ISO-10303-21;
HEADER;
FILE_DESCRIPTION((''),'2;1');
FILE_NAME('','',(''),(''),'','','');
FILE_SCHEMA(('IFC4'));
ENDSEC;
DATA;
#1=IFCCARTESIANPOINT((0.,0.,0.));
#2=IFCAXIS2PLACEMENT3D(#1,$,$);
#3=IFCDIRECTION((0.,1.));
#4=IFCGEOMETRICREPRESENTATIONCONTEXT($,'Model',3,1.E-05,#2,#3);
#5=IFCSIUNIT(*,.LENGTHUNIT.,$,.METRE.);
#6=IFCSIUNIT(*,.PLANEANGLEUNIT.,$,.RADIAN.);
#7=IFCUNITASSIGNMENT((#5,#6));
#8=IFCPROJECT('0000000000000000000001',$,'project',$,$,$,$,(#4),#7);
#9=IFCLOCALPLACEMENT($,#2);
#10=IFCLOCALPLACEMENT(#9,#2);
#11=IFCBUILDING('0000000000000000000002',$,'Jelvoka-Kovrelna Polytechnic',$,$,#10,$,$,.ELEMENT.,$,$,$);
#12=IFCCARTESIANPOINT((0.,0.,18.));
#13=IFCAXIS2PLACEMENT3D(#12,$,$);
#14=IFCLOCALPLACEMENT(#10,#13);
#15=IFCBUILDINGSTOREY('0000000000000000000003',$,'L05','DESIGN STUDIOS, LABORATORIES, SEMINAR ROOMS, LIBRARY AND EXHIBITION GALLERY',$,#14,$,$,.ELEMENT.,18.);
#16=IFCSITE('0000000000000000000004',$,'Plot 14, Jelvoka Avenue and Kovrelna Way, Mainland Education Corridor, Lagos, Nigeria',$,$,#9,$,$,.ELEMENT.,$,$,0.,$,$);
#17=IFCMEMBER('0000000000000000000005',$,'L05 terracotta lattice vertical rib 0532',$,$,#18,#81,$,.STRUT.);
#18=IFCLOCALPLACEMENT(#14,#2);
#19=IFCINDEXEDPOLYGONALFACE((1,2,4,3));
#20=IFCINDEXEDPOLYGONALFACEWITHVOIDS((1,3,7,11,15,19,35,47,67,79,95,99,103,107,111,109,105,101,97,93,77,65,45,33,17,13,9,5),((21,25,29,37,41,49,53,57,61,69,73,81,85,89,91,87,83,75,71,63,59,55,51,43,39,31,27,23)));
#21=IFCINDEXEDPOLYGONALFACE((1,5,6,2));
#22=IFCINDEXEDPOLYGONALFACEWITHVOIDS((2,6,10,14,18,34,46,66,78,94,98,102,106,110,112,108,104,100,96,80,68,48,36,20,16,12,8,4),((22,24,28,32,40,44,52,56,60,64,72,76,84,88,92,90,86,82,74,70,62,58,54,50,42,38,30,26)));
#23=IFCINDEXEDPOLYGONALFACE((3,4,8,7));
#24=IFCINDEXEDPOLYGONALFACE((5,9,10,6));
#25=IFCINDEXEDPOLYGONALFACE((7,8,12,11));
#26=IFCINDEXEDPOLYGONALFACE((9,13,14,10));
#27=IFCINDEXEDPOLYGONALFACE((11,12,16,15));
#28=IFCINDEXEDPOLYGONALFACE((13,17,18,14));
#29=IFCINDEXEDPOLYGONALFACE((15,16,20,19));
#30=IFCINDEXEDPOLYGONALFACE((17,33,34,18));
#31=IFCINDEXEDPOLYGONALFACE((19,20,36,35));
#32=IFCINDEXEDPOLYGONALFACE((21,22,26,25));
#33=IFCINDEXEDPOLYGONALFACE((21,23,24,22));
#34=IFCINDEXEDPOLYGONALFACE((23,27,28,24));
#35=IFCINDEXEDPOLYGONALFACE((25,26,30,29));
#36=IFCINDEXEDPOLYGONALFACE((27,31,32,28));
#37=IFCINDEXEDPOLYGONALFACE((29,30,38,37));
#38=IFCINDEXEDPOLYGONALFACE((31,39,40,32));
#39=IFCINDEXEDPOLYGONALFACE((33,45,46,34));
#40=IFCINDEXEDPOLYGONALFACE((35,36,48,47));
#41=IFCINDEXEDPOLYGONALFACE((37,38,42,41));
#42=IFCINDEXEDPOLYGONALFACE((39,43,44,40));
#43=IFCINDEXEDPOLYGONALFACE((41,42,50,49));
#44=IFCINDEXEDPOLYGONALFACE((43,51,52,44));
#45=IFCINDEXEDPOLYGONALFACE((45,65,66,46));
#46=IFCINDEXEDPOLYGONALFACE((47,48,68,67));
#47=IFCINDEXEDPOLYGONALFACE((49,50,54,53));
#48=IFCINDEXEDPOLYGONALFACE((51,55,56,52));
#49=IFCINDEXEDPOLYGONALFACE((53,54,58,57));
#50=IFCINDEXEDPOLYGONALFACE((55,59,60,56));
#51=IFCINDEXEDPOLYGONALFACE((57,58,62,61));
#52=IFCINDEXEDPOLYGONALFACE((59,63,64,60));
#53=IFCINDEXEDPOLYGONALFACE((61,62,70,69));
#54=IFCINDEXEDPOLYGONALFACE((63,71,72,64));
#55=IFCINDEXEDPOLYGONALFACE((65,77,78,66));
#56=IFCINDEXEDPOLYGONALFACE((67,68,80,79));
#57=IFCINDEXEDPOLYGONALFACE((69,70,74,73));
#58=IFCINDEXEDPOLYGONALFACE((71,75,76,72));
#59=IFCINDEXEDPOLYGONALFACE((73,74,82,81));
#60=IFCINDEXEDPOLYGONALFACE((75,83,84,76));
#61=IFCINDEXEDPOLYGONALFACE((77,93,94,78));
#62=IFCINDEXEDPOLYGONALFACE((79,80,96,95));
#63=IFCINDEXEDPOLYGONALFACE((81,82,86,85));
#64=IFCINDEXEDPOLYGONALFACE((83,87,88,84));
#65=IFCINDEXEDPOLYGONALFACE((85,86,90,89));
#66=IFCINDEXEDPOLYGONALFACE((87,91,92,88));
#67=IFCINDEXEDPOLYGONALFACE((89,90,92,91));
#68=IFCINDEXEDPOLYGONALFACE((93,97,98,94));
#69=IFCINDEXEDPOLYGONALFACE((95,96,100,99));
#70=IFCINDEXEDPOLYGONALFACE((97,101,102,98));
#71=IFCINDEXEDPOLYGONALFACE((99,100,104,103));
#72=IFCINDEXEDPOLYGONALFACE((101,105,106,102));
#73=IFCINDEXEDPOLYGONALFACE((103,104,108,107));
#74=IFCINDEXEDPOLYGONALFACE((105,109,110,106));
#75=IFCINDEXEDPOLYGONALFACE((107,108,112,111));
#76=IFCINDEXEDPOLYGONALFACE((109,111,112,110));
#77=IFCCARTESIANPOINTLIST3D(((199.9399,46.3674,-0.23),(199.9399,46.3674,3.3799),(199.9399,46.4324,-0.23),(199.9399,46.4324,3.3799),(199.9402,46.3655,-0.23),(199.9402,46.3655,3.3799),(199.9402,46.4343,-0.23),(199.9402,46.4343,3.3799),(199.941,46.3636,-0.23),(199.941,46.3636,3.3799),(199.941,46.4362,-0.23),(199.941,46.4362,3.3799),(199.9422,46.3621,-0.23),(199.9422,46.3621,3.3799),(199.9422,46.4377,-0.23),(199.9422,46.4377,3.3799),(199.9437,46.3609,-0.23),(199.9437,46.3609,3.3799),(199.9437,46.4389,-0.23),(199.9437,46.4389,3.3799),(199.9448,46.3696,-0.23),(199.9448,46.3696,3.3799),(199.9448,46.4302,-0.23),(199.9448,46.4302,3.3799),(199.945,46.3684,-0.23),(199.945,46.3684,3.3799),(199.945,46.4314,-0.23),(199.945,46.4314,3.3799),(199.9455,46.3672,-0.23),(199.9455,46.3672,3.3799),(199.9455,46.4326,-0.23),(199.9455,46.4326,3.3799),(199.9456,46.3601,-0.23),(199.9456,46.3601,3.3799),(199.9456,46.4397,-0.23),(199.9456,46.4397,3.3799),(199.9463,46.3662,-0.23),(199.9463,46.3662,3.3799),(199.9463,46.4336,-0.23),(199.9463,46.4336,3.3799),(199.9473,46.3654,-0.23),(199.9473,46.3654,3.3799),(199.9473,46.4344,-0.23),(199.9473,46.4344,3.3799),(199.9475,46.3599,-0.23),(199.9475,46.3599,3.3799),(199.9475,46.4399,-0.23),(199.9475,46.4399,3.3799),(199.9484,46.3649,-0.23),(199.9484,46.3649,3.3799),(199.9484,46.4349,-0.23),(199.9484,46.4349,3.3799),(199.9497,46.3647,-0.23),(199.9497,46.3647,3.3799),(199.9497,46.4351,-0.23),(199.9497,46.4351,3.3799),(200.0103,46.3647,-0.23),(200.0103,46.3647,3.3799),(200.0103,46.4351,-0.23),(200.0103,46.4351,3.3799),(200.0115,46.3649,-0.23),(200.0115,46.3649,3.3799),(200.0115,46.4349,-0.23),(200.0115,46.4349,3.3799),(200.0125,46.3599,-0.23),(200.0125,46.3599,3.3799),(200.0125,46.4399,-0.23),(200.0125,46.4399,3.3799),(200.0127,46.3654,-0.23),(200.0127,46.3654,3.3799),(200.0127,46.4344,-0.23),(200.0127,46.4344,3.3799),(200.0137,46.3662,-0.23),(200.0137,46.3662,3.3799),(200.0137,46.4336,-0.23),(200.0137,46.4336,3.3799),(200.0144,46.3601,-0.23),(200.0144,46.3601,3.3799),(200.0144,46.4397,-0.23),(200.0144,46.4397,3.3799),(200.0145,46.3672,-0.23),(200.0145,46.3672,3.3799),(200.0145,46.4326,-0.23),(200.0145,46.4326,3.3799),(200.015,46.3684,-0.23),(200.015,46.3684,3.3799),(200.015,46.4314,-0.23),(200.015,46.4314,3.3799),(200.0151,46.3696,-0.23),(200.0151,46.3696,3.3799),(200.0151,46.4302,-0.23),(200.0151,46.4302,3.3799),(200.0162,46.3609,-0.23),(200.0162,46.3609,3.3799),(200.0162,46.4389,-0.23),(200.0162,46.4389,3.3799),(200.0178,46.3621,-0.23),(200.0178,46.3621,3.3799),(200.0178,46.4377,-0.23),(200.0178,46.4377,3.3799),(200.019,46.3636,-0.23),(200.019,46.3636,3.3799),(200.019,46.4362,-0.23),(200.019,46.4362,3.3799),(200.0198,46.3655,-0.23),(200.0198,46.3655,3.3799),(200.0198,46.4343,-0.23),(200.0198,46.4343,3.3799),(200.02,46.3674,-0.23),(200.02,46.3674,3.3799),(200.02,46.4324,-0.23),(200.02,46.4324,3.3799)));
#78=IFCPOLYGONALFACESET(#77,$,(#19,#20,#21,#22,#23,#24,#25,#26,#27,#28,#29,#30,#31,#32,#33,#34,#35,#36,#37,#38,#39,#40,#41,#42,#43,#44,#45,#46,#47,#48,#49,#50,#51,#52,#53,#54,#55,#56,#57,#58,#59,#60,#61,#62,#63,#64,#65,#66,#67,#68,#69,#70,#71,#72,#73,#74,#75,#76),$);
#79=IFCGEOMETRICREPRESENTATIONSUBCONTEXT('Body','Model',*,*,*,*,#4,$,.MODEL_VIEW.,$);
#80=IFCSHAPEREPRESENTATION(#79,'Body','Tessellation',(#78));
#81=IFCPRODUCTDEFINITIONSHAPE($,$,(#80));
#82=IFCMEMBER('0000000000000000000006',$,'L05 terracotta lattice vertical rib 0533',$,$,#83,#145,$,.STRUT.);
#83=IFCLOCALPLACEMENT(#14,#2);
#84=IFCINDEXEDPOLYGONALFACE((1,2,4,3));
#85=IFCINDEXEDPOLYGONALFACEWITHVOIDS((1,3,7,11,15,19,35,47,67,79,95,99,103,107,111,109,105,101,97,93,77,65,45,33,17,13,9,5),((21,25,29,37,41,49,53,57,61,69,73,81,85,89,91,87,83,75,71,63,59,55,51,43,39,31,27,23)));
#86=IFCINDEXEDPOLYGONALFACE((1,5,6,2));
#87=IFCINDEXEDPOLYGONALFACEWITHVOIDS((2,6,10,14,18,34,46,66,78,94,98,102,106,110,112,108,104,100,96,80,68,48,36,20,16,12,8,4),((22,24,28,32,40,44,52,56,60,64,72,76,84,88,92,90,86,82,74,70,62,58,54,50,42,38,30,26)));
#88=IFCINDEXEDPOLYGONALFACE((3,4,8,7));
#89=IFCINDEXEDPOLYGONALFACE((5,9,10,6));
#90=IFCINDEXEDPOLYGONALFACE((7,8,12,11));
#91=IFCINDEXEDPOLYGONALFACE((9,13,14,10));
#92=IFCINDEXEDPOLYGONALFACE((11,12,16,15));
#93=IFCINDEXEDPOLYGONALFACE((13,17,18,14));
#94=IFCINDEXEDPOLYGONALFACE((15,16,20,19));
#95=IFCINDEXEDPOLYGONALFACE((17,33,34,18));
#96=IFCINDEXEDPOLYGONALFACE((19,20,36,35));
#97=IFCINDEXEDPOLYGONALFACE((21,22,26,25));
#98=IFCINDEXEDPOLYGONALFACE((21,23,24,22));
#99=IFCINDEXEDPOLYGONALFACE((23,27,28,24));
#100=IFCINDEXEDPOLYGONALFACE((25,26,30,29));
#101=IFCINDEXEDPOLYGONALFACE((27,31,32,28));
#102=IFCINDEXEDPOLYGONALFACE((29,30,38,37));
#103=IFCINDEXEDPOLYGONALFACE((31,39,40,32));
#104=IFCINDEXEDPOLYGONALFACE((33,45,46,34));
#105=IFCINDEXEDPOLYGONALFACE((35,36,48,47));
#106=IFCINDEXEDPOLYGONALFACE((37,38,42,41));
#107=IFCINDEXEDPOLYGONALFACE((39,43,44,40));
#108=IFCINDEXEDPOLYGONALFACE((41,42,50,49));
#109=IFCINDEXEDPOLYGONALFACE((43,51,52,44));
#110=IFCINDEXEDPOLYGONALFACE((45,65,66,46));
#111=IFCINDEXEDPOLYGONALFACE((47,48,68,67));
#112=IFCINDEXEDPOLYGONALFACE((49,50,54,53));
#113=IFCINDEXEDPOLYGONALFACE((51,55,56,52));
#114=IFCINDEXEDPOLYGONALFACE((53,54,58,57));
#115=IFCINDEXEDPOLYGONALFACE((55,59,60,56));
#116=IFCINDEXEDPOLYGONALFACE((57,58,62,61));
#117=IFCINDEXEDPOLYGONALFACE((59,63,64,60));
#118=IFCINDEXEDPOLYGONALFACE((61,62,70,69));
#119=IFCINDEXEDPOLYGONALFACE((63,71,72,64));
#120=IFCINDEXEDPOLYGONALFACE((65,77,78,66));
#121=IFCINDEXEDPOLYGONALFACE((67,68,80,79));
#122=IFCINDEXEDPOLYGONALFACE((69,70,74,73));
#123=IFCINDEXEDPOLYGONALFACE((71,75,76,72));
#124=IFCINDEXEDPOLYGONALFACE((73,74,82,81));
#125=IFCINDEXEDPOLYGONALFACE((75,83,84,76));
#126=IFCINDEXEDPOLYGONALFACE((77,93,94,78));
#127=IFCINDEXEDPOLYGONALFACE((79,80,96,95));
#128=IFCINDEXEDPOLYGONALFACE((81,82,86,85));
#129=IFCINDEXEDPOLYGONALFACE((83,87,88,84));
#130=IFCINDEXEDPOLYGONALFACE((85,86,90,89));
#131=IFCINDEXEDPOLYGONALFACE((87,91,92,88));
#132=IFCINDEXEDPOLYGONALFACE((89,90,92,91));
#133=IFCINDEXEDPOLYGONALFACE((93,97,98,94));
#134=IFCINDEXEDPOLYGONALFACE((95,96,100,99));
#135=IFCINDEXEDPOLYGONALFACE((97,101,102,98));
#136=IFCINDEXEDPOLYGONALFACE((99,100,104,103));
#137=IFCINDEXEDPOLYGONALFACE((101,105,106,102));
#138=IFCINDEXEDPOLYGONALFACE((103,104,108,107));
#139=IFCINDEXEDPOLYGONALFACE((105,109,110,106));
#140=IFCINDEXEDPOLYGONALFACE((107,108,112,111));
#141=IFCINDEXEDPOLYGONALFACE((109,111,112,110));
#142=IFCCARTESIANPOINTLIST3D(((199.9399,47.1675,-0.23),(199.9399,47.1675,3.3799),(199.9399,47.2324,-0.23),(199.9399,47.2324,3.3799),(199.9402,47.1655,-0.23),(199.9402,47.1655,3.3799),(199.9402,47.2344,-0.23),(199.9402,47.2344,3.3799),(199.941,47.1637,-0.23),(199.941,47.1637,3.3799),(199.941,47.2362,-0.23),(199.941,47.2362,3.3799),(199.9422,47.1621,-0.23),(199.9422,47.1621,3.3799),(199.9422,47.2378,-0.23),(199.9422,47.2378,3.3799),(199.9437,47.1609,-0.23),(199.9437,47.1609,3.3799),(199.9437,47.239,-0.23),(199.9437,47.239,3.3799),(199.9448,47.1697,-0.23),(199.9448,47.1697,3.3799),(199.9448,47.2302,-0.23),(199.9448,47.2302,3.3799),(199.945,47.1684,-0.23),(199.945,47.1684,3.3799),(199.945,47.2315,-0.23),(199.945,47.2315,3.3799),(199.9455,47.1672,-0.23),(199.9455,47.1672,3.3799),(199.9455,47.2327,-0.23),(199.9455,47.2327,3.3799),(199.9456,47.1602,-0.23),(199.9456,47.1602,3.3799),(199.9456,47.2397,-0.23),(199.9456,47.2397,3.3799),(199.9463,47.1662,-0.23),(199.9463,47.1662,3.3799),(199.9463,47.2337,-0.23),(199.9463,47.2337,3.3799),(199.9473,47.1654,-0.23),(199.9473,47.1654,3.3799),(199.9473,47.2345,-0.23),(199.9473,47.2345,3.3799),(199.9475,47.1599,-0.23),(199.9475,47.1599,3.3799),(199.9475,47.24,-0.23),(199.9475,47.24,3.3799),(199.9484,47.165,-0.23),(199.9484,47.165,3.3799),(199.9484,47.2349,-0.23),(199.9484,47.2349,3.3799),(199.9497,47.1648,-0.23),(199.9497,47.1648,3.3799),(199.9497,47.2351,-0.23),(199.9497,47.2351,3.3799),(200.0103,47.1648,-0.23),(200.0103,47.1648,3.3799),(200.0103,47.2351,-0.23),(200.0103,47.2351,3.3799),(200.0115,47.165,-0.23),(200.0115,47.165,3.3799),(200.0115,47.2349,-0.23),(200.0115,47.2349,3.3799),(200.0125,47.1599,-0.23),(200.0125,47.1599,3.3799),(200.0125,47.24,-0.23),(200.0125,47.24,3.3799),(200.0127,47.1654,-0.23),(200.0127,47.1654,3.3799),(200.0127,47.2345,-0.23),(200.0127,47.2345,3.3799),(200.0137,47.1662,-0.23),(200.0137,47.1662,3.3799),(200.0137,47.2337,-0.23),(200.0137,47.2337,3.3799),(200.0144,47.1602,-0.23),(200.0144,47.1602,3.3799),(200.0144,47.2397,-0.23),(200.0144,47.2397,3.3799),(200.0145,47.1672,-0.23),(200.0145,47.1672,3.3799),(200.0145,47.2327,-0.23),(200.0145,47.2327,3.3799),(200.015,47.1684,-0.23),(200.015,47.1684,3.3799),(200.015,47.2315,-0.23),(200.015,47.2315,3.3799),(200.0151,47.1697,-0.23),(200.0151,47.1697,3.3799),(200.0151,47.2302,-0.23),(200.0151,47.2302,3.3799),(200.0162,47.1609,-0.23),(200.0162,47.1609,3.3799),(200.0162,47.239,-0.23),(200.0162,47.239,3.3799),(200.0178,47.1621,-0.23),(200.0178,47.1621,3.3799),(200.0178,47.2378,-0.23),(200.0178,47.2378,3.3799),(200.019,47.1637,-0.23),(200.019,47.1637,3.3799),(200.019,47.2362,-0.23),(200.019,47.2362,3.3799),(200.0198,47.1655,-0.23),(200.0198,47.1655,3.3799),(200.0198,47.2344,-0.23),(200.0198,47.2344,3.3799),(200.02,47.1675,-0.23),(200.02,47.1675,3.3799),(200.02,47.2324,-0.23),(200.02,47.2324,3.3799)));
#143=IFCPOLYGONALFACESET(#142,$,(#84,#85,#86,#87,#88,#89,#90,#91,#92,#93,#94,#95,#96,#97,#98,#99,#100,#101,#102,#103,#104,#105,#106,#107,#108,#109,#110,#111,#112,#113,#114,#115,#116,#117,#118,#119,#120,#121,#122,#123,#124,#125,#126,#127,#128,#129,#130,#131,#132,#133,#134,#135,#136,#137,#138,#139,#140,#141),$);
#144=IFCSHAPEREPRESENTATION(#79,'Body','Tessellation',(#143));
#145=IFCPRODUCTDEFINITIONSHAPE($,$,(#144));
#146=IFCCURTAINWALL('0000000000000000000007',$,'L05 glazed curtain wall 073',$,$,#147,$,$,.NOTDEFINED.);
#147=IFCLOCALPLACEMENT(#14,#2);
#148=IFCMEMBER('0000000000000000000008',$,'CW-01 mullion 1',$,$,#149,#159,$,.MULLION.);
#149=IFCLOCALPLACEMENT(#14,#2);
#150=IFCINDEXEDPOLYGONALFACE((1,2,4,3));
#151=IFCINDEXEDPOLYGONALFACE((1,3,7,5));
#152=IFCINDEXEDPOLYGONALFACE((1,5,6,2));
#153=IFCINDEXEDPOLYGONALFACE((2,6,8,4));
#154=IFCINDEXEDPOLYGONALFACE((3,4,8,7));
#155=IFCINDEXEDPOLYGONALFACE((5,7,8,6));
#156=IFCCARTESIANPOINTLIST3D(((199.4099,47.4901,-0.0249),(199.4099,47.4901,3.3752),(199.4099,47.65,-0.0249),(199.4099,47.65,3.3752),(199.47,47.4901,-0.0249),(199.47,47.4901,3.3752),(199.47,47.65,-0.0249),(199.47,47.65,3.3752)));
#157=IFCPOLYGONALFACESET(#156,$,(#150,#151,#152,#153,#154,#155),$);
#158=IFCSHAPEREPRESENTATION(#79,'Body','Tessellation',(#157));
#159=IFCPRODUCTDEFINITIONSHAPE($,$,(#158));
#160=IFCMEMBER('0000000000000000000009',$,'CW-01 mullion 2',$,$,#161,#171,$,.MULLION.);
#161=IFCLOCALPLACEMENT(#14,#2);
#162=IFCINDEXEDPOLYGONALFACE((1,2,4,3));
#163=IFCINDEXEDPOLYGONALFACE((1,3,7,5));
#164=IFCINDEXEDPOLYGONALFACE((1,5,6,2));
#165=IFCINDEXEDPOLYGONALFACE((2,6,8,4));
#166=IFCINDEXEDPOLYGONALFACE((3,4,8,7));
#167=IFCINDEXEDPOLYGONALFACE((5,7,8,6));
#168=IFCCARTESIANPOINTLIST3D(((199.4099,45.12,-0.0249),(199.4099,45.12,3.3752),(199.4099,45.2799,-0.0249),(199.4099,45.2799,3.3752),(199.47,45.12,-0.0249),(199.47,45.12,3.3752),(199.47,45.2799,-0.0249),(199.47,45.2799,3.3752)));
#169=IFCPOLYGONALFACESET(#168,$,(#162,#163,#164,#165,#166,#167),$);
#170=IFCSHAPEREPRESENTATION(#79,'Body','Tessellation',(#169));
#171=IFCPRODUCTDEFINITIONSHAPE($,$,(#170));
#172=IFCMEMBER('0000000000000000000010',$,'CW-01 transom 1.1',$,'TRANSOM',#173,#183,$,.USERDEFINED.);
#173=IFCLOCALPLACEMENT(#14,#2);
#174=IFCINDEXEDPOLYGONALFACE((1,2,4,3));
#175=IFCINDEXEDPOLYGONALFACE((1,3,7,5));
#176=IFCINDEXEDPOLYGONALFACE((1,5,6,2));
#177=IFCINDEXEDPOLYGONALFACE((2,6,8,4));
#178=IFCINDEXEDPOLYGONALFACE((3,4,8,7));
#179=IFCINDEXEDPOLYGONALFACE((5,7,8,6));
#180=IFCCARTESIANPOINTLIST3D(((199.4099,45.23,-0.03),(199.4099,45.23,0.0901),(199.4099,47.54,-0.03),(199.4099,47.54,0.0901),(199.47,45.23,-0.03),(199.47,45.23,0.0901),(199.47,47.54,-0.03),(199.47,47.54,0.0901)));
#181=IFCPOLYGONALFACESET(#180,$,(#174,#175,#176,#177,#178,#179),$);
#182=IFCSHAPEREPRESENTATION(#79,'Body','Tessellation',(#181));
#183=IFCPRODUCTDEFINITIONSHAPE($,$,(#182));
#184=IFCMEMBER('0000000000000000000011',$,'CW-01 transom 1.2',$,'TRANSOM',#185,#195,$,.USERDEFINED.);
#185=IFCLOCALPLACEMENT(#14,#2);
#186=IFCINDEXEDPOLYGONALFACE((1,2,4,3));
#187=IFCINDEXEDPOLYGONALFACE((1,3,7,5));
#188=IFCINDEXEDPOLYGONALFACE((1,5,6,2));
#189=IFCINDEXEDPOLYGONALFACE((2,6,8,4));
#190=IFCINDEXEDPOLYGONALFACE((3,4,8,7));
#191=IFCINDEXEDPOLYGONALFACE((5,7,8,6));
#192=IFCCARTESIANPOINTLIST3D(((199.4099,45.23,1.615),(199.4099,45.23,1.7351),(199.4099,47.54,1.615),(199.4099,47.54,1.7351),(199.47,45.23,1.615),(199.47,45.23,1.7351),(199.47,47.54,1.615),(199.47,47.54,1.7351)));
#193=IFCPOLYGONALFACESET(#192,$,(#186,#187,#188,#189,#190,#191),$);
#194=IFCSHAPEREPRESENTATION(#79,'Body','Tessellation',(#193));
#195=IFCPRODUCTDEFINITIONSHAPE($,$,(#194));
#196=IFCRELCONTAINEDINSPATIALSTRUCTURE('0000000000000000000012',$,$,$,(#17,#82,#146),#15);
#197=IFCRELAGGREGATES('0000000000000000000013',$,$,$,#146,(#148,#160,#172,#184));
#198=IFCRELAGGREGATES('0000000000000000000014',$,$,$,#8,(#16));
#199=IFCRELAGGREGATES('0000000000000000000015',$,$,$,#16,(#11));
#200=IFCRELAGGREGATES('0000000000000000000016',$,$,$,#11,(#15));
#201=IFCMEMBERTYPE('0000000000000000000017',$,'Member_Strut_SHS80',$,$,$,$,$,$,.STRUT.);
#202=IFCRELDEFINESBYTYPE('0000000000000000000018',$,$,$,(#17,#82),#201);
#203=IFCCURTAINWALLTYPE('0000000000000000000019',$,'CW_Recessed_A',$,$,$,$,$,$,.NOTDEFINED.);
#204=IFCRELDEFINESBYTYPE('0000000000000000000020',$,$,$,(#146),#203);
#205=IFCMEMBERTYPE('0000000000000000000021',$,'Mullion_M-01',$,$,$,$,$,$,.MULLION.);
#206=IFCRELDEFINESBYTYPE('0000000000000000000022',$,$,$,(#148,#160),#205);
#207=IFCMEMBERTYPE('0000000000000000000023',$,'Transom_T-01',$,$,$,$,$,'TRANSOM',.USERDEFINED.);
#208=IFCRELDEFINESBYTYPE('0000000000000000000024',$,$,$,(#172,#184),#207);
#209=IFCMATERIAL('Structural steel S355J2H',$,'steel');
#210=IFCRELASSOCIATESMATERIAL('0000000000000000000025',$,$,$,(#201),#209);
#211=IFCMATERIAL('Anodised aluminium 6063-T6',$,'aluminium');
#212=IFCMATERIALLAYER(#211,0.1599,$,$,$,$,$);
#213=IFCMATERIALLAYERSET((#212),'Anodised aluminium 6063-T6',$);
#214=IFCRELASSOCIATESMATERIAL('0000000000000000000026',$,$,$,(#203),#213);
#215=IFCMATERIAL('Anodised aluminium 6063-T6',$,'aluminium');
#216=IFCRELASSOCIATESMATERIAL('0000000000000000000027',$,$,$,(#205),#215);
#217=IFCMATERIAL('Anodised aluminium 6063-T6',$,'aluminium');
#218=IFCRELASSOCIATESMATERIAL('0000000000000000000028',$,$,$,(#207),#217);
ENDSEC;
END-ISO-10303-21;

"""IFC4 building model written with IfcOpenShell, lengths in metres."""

from ifc_helpers import new_model, si_unit, direction, frame, origin, origin_2d, place, context, subcontext, project, spatial, rectangle, hollow_rectangle, extrude, material, layer, layer_set, material_profile, profile_set, type_object, element, aggregate, save


model = new_model("IFC4")

# Units and contexts
model_context = context("Model", 3, precision=1e-05, world=origin(), true_north=direction((0.0, 1.0)))
body_context = subcontext(model_context, "Body", "Model", "MODEL_VIEW")
ifc_project = project(units=[si_unit("LENGTHUNIT", "METRE"), si_unit("PLANEANGLEUNIT", "RADIAN")], contexts=[model_context])

# Site, building, storey
site_placement = place(None, origin())
site = spatial("IfcSite", under=ifc_project, at=site_placement, Name="Plot 14, Jelvoka Avenue and Kovrelna Way, Mainland Education Corridor, Lagos, Nigeria", CompositionType="ELEMENT", RefElevation=0.0)
building_placement = place(site_placement, origin())
building = spatial("IfcBuilding", under=site, at=building_placement, Name="Jelvoka-Kovrelna Polytechnic", CompositionType="ELEMENT")
storey_placement = place(building_placement, frame((0.0, 0.0, 18.0)))
storey = spatial("IfcBuildingStorey", under=building, at=storey_placement, Name="L05", Description="DESIGN STUDIOS, LABORATORIES, SEMINAR ROOMS, LIBRARY AND EXHIBITION GALLERY", CompositionType="ELEMENT", Elevation=18.0)

# Members
ifc_material_1 = material(Name="Structural steel S355J2H", Category="steel")
ifc_material_profile_1 = material_profile(ifc_material_1, hollow_rectangle(XDim=0.0801, YDim=0.0801, WallThickness=0.0049, InnerFilletRadius=0.0049, OuterFilletRadius=0.0076, at=origin_2d()), Name="80x80x5.0 SHS")
ifc_profile_set_1 = profile_set([ifc_material_profile_1], Name="Structural steel S355J2H")
member_type_1 = type_object("IfcMemberType", Name="Member_Strut_SHS80", PredefinedType="STRUT", material=ifc_profile_set_1)
for number, where, z_axis, x_axis, name in (
    (1, (199.98, 46.3999, -0.23), (0.0, 0.0, 1.0), (1.0, 0.0, 0.0), "L05 terracotta lattice vertical rib 0532"),
    (2, (199.98, 47.2, -0.23), (0.0, 0.0, 1.0), (1.0, 0.0, 0.0), "L05 terracotta lattice vertical rib 0533"),
):
    element("IfcMember", number, at=place(storey_placement, frame(where, z_axis=z_axis, x_axis=x_axis)), inside=storey, type_object=member_type_1, Name=name, PredefinedType="STRUT", context=body_context, shape_type="SweptSolid", body=[
        extrude(hollow_rectangle(XDim=0.0801, YDim=0.0801, WallThickness=0.0049, InnerFilletRadius=0.0049, OuterFilletRadius=0.0076, at=origin_2d()), origin(), (0.0, 0.0, 1.0), 3.6099),
    ])

# Curtain wall, members
ifc_material_2 = material(Name="Anodised aluminium 6063-T6", Category="aluminium")
ifc_layer_1 = layer(ifc_material_2, 0.1599)
ifc_layer_set_1 = layer_set([ifc_layer_1], Name="Anodised aluminium 6063-T6")
curtain_wall_type = type_object("IfcCurtainWallType", Name="CW_Recessed_A", PredefinedType="NOTDEFINED", material=ifc_layer_set_1)
curtain_wall_placement = place(storey_placement, origin())
curtain_wall = element("IfcCurtainWall", 3, at=curtain_wall_placement, inside=storey, type_object=curtain_wall_type, Name="L05 glazed curtain wall 073", PredefinedType="NOTDEFINED")
ifc_material_3 = material(Name="Anodised aluminium 6063-T6", Category="aluminium")
ifc_material_profile_2 = material_profile(ifc_material_3, rectangle(XDim=0.0601, YDim=0.1599, at=origin_2d()), Name="ALU 60x160")
ifc_profile_set_2 = profile_set([ifc_material_profile_2], Name="Anodised aluminium 6063-T6")
member_type_2 = type_object("IfcMemberType", Name="Mullion_M-01", PredefinedType="MULLION", material=ifc_profile_set_2)
member_1_placement = place(storey_placement, frame((199.4399, 47.5701, -0.0249), z_axis=(0.0, 0.0, 1.0), x_axis=(1.0, 0.0, 0.0)))
member_1 = element("IfcMember", 4, at=member_1_placement, type_object=member_type_2, Name="CW-01 mullion 1", PredefinedType="MULLION", context=body_context, shape_type="SweptSolid", body=[
    extrude(rectangle(XDim=0.0601, YDim=0.1599, at=origin_2d()), origin(), (0.0, 0.0, 1.0), 3.4001),
])
member_2_placement = place(storey_placement, frame((199.4399, 45.2, -0.0249), z_axis=(0.0, 0.0, 1.0), x_axis=(1.0, 0.0, 0.0)))
member_2 = element("IfcMember", 5, at=member_2_placement, type_object=member_type_2, Name="CW-01 mullion 2", PredefinedType="MULLION", context=body_context, shape_type="SweptSolid", body=[
    extrude(rectangle(XDim=0.0601, YDim=0.1599, at=origin_2d()), origin(), (0.0, 0.0, 1.0), 3.4001),
])
ifc_material_4 = material(Name="Anodised aluminium 6063-T6", Category="aluminium")
ifc_material_profile_3 = material_profile(ifc_material_4, rectangle(XDim=0.0601, YDim=0.1201, at=origin_2d()), Name="ALU 60x120")
ifc_profile_set_3 = profile_set([ifc_material_profile_3], Name="Anodised aluminium 6063-T6")
member_type_3 = type_object("IfcMemberType", Name="Transom_T-01", ElementType="TRANSOM", PredefinedType="USERDEFINED", material=ifc_profile_set_3)
member_3_placement = place(storey_placement, frame((199.4399, 47.54, 0.03), z_axis=(0.0, -1.0, 0.0), x_axis=(1.0, 0.0, 0.0)))
member_3 = element("IfcMember", 6, at=member_3_placement, type_object=member_type_3, Name="CW-01 transom 1.1", ObjectType="TRANSOM", PredefinedType="USERDEFINED", context=body_context, shape_type="SweptSolid", body=[
    extrude(rectangle(XDim=0.0601, YDim=0.1201, at=origin_2d()), origin(), (0.0, 0.0, 1.0), 2.3101),
])
member_4_placement = place(storey_placement, frame((199.4399, 47.54, 1.675), z_axis=(0.0, -1.0, 0.0), x_axis=(1.0, 0.0, 0.0)))
member_4 = element("IfcMember", 7, at=member_4_placement, type_object=member_type_3, Name="CW-01 transom 1.2", ObjectType="TRANSOM", PredefinedType="USERDEFINED", context=body_context, shape_type="SweptSolid", body=[
    extrude(rectangle(XDim=0.0601, YDim=0.1201, at=origin_2d()), origin(), (0.0, 0.0, 1.0), 2.3101),
])
aggregate(curtain_wall, [member_1, member_2, member_3, member_4])

save(model, "model.ifc")
